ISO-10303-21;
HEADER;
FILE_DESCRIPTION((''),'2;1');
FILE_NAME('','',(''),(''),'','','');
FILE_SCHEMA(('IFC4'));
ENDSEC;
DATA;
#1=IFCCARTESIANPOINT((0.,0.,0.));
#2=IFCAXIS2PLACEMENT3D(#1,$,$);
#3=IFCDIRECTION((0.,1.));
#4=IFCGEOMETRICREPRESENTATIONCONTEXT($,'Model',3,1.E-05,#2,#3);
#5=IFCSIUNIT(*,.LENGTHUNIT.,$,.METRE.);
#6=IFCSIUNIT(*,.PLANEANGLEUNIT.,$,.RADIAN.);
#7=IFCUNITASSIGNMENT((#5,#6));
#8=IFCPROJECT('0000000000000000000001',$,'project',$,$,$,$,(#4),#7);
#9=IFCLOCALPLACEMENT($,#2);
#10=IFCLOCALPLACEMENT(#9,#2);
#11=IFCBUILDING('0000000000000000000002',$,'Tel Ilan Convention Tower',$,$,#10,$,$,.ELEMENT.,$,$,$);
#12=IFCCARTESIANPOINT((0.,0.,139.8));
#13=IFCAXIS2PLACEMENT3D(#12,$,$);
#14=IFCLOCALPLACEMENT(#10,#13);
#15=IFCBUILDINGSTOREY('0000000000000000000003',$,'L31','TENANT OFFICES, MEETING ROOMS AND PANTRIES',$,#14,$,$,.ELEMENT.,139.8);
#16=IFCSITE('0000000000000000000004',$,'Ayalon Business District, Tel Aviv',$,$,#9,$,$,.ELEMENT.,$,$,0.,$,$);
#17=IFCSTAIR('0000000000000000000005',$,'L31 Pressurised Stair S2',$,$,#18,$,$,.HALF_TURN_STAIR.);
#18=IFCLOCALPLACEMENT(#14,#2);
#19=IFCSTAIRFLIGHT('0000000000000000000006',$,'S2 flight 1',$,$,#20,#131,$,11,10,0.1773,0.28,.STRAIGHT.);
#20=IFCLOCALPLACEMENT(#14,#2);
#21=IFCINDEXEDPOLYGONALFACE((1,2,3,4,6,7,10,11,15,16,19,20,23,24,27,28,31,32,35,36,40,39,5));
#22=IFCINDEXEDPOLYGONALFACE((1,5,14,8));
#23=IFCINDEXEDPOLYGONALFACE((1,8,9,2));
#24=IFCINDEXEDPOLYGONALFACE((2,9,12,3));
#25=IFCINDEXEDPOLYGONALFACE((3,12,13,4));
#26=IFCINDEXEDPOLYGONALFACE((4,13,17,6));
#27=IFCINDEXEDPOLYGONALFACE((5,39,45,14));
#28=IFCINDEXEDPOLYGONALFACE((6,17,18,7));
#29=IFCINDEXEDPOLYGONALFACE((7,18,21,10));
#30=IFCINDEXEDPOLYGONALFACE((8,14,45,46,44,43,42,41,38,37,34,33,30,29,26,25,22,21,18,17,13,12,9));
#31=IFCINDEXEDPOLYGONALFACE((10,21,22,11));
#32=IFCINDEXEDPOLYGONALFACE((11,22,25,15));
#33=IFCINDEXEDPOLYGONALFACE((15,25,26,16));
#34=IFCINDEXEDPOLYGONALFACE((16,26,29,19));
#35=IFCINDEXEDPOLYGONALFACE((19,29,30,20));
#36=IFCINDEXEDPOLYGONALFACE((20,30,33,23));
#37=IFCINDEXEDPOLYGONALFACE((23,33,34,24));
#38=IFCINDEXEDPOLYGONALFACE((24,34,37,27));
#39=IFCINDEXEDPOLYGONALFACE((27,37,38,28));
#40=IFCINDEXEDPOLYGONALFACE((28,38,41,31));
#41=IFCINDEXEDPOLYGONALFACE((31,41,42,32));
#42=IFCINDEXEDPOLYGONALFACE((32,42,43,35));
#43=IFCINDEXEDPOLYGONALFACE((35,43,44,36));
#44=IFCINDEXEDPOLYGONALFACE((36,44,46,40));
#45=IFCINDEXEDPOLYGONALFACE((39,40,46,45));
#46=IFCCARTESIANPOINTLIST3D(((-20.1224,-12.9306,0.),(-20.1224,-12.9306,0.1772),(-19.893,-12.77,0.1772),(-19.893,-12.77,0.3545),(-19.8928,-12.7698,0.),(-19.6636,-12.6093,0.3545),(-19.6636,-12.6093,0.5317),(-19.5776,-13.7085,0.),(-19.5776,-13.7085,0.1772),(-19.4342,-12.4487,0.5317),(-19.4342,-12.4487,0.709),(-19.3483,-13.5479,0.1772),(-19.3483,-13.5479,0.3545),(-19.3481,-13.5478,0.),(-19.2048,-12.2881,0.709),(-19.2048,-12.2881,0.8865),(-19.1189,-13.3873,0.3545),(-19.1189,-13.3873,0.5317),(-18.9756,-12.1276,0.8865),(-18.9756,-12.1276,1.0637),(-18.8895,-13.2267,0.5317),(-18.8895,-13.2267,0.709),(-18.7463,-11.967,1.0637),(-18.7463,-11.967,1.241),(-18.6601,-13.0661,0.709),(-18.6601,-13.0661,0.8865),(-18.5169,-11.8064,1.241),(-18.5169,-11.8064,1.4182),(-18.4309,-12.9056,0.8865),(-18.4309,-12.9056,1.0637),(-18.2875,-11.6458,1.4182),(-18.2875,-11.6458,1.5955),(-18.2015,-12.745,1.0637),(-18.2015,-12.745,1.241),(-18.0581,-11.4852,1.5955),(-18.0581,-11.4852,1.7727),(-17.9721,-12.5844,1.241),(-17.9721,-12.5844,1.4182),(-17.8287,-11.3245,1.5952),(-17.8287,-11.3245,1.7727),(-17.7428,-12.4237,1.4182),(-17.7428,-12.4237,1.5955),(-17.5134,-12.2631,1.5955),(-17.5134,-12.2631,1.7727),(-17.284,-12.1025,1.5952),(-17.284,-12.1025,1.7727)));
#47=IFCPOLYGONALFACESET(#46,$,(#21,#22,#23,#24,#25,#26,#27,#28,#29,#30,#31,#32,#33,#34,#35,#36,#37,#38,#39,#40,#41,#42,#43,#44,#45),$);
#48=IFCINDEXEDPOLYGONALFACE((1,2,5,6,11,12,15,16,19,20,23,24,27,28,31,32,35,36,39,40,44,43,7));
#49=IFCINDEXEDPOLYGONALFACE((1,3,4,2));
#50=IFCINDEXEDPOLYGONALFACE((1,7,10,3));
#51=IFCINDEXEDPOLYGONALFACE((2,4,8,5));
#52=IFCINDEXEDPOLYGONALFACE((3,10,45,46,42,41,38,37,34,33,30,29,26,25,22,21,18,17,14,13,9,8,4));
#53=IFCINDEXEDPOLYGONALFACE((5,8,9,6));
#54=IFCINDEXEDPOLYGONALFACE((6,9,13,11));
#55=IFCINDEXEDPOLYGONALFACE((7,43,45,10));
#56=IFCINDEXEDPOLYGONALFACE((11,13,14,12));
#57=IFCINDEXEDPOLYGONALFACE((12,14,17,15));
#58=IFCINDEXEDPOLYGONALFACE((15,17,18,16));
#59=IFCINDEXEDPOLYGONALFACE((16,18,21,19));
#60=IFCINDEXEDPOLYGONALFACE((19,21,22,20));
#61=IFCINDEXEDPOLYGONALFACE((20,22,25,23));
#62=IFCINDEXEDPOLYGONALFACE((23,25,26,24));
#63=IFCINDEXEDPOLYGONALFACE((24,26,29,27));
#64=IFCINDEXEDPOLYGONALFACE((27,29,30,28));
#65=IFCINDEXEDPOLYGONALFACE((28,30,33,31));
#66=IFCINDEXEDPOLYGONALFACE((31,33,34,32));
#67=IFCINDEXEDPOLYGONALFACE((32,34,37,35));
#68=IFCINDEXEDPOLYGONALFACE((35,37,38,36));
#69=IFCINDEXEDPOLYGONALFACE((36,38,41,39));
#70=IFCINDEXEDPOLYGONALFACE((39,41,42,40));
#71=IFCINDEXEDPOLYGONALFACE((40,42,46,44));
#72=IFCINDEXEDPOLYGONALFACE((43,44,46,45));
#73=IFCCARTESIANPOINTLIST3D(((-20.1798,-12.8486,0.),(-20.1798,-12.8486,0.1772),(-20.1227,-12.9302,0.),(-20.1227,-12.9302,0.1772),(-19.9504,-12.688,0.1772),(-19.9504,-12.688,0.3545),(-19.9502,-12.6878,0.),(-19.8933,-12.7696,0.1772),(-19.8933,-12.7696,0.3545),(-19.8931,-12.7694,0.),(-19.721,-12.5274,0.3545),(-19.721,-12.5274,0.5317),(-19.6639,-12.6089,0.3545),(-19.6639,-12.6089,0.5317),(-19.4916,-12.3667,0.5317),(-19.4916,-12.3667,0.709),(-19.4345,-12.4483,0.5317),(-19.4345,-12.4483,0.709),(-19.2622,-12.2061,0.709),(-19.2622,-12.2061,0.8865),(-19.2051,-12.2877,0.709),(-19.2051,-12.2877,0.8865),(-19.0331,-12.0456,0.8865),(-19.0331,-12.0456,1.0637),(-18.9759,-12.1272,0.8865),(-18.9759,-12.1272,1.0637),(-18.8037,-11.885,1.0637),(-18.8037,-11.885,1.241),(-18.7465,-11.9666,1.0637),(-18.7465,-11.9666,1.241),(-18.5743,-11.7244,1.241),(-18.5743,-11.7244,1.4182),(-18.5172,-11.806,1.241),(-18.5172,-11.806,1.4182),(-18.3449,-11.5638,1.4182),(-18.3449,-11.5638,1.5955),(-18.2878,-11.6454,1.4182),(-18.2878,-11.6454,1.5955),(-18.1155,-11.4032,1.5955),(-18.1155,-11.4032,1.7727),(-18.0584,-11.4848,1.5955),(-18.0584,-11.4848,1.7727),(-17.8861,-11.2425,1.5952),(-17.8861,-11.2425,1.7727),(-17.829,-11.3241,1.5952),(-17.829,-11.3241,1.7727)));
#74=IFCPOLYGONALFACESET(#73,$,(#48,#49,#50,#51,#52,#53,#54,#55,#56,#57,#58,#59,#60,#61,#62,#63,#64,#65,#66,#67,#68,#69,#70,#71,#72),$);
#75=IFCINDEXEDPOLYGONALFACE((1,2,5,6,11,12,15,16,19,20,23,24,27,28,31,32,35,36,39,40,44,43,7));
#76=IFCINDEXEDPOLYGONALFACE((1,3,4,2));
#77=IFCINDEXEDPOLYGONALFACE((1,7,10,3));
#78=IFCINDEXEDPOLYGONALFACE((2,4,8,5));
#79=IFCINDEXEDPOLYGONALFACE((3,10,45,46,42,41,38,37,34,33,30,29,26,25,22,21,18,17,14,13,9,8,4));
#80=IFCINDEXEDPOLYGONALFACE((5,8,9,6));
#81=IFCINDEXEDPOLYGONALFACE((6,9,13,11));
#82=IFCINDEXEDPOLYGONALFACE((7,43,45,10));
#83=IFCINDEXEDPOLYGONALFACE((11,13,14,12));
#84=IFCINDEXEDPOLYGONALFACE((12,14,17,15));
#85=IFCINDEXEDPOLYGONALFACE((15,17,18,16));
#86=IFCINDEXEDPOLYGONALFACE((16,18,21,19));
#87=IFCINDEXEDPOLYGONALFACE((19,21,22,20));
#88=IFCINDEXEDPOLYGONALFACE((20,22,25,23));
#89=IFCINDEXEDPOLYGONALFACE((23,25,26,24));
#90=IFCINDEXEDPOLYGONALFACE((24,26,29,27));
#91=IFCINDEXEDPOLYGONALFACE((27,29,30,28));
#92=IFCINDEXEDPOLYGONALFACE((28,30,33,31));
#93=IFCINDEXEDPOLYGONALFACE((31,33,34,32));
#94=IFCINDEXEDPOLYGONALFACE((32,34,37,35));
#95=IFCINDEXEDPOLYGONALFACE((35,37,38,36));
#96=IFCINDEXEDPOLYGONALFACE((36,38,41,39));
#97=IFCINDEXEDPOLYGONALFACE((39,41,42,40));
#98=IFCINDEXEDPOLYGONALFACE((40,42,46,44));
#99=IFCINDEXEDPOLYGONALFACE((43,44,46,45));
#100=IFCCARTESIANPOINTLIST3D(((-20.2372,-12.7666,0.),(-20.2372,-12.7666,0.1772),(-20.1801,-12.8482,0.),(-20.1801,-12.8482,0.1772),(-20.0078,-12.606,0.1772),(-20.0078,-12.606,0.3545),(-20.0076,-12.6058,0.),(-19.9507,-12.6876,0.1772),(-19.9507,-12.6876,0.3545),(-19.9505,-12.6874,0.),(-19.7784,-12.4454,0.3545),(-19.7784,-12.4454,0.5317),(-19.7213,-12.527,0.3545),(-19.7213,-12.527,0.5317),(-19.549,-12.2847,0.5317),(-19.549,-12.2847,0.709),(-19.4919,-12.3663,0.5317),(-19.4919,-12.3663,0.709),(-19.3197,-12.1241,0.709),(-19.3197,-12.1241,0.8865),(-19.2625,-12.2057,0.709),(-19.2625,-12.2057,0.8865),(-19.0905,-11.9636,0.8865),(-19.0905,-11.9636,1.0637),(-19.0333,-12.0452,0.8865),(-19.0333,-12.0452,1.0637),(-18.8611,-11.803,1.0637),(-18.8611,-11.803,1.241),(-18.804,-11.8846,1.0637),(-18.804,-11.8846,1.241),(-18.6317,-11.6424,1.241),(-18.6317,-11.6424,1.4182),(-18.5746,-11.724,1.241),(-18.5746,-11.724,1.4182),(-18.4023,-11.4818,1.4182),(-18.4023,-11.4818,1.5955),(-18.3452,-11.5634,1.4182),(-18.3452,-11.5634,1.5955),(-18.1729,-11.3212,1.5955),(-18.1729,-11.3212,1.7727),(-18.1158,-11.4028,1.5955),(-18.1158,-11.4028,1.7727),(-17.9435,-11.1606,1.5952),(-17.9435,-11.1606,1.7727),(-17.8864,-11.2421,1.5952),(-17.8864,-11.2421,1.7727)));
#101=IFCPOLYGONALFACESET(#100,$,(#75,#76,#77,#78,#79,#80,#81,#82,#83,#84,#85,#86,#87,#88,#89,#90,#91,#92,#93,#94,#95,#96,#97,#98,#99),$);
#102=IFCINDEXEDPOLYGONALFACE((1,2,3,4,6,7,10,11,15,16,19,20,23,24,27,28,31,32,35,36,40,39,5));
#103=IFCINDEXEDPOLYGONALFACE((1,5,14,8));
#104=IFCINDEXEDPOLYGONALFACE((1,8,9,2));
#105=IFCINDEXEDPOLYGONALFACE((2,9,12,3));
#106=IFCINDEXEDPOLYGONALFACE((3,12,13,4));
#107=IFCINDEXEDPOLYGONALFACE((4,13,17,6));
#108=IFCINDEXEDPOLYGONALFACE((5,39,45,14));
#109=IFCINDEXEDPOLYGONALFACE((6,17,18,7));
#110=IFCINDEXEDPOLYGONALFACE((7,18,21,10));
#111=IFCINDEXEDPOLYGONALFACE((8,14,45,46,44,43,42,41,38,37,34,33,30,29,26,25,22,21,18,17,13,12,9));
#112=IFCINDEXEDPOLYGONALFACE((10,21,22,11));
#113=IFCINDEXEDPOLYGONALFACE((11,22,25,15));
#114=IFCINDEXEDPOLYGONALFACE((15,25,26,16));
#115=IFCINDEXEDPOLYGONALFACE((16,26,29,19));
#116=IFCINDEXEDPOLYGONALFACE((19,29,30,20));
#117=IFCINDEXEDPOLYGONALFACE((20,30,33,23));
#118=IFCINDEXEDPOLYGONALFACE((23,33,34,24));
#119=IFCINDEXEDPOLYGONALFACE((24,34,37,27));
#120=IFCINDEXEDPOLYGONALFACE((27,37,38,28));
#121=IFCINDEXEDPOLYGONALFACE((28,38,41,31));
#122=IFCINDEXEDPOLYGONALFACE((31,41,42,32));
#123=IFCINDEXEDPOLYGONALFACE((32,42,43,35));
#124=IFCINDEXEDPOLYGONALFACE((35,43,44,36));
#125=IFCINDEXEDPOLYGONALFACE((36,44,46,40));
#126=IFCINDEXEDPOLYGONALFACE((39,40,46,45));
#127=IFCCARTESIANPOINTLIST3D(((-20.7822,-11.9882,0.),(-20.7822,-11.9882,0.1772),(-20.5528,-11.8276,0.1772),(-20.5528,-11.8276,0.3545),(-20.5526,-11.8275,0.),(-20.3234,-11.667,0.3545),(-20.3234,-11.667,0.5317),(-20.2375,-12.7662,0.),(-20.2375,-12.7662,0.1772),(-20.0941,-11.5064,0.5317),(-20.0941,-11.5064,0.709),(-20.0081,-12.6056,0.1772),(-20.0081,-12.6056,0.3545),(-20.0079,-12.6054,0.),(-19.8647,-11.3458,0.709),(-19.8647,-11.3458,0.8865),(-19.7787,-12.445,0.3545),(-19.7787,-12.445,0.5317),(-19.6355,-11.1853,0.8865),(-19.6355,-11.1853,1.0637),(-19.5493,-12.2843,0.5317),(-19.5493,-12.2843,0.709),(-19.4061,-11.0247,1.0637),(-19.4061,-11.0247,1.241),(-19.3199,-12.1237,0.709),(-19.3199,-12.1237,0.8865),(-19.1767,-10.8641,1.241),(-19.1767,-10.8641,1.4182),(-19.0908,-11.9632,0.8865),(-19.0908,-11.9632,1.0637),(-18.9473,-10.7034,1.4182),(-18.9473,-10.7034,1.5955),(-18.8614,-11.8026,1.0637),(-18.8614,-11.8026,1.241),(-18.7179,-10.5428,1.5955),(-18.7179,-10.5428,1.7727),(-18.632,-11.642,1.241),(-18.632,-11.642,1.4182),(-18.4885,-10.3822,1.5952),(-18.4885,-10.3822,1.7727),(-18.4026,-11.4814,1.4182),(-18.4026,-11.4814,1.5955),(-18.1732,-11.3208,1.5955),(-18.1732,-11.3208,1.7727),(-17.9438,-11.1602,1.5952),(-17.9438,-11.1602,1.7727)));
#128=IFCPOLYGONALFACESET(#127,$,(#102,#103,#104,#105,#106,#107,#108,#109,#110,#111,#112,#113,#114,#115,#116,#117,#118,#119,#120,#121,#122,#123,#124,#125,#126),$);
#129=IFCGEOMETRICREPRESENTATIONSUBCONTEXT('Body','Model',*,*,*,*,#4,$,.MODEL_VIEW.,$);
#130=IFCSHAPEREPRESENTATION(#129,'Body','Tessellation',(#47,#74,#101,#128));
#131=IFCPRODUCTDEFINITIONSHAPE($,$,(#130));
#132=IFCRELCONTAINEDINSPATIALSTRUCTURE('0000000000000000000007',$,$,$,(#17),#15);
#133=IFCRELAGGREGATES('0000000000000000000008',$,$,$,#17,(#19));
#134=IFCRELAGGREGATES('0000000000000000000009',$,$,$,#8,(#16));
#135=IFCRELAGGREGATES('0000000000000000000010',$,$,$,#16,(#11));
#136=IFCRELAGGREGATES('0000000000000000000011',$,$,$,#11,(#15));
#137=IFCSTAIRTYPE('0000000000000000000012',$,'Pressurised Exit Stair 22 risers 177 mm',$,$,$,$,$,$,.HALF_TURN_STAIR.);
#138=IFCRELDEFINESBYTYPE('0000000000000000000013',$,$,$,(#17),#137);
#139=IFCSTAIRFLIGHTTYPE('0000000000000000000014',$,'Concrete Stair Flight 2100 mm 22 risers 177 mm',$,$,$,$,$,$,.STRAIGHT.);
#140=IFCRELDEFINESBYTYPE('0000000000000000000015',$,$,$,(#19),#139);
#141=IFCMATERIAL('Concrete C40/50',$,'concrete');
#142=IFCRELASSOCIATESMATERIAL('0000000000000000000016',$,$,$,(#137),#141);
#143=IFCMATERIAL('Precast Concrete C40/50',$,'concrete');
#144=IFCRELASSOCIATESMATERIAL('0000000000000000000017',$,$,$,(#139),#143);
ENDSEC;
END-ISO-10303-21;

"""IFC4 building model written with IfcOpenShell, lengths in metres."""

from ifc_helpers import new_model, si_unit, direction, frame, origin, place, context, subcontext, project, spatial, polyline, outline, extrude, material, type_object, element, aggregate, save


model = new_model("IFC4")

# Units and contexts
model_context = context("Model", 3, precision=1e-05, world=origin(), true_north=direction((0.0, 1.0)))
body_context = subcontext(model_context, "Body", "Model", "MODEL_VIEW")
ifc_project = project(units=[si_unit("LENGTHUNIT", "METRE"), si_unit("PLANEANGLEUNIT", "RADIAN")], contexts=[model_context])

# Site, building, storey
site_placement = place(None, origin())
site = spatial("IfcSite", under=ifc_project, at=site_placement, Name="Ayalon Business District, Tel Aviv", CompositionType="ELEMENT", RefElevation=0.0)
building_placement = place(site_placement, origin())
building = spatial("IfcBuilding", under=site, at=building_placement, Name="Tel Ilan Convention Tower", CompositionType="ELEMENT")
storey_placement = place(building_placement, frame((0.0, 0.0, 139.8)))
storey = spatial("IfcBuildingStorey", under=building, at=storey_placement, Name="L31", Description="TENANT OFFICES, MEETING ROOMS AND PANTRIES", CompositionType="ELEMENT", Elevation=139.8)

# Stair, stair flight
ifc_material_1 = material(Name="Concrete C40/50", Category="concrete")
stair_type = type_object("IfcStairType", Name="Pressurised Exit Stair 22 risers 177 mm", PredefinedType="HALF_TURN_STAIR", material=ifc_material_1)
ifc_material_2 = material(Name="Precast Concrete C40/50", Category="concrete")
stair_flight_type = type_object("IfcStairFlightType", Name="Concrete Stair Flight 2100 mm 22 risers 177 mm", PredefinedType="STRAIGHT", material=ifc_material_2)
stair_1_placement = place(storey_placement, origin())
stair_1 = element("IfcStair", 1, at=stair_1_placement, inside=storey, type_object=stair_type, Name="L31 Pressurised Stair S2", PredefinedType="HALF_TURN_STAIR")
stair_flight_1_placement = place(storey_placement, frame((-20.1799, -12.8484, 0.0), z_axis=(0.0, 0.0, 1.0), x_axis=(0.819152, 0.573576, 0.0)))
stair_flight_1 = element("IfcStairFlight", 2, at=stair_flight_1_placement, type_object=stair_flight_type, Name="S2 flight 1", NumberOfRisers=11, NumberOfTreads=10, PredefinedType="STRAIGHT", RiserHeight=0.1773, TreadLength=0.28, context=body_context, shape_type="SweptSolid", body=[
    extrude(outline(polyline([(0.0, 0.0), (0.0, 0.1772), (0.28, 0.1772), (0.28, 0.3545), (0.5601, 0.3545), (0.5601, 0.5317), (0.8401, 0.5317), (0.8401, 0.709), (1.1201, 0.709), (1.1201, 0.8865), (1.3999, 0.8865), (1.3999, 1.0637), (1.6799, 1.0637), (1.6799, 1.241), (1.96, 1.241), (1.96, 1.4182), (2.24, 1.4182), (2.24, 1.5955), (2.52, 1.5955), (2.52, 1.7727), (2.8, 1.7727), (2.8, 1.95), (2.8, 1.5952), (0.2803, 0.0), (0.0, 0.0)])), frame((0.0, -0.1003, 0.0), z_axis=(0.0, -1.0, 0.0), x_axis=(1.0, 0.0, 0.0)), (0.0, 0.0, 1.0), 0.9497),
    extrude(outline(polyline([(0.0, 0.0), (0.0, 0.1772), (0.28, 0.1772), (0.28, 0.3545), (0.5601, 0.3545), (0.5601, 0.5317), (0.8401, 0.5317), (0.8401, 0.709), (1.1201, 0.709), (1.1201, 0.8865), (1.3999, 0.8865), (1.3999, 1.0637), (1.6799, 1.0637), (1.6799, 1.241), (1.96, 1.241), (1.96, 1.4182), (2.24, 1.4182), (2.24, 1.5955), (2.52, 1.5955), (2.52, 1.7727), (2.8, 1.7727), (2.8, 1.95), (2.8, 1.5952), (0.2803, 0.0), (0.0, 0.0)])), frame((0.0, -0.0002, 0.0), z_axis=(0.0, -1.0, 0.0), x_axis=(1.0, 0.0, 0.0)), (0.0, 0.0, 1.0), 0.0996),
    extrude(outline(polyline([(0.0, 0.0), (0.0, 0.1772), (0.28, 0.1772), (0.28, 0.3545), (0.5601, 0.3545), (0.5601, 0.5317), (0.8401, 0.5317), (0.8401, 0.709), (1.1201, 0.709), (1.1201, 0.8865), (1.3999, 0.8865), (1.3999, 1.0637), (1.6799, 1.0637), (1.6799, 1.241), (1.96, 1.241), (1.96, 1.4182), (2.24, 1.4182), (2.24, 1.5955), (2.52, 1.5955), (2.52, 1.7727), (2.8, 1.7727), (2.8, 1.95), (2.8, 1.5952), (0.2803, 0.0), (0.0, 0.0)])), frame((0.0, 0.0999, 0.0), z_axis=(0.0, -1.0, 0.0), x_axis=(1.0, 0.0, 0.0)), (0.0, 0.0, 1.0), 0.0996),
    extrude(outline(polyline([(0.0, 0.0), (0.0, 0.1772), (0.28, 0.1772), (0.28, 0.3545), (0.5601, 0.3545), (0.5601, 0.5317), (0.8401, 0.5317), (0.8401, 0.709), (1.1201, 0.709), (1.1201, 0.8865), (1.3999, 0.8865), (1.3999, 1.0637), (1.6799, 1.0637), (1.6799, 1.241), (1.96, 1.241), (1.96, 1.4182), (2.24, 1.4182), (2.24, 1.5955), (2.52, 1.5955), (2.52, 1.7727), (2.8, 1.7727), (2.8, 1.95), (2.8, 1.5952), (0.2803, 0.0), (0.0, 0.0)])), frame((0.0, 1.05, 0.0), z_axis=(0.0, -1.0, 0.0), x_axis=(1.0, 0.0, 0.0)), (0.0, 0.0, 1.0), 0.9497),
])
aggregate(stair_1, [stair_flight_1])

save(model, "model.ifc")
